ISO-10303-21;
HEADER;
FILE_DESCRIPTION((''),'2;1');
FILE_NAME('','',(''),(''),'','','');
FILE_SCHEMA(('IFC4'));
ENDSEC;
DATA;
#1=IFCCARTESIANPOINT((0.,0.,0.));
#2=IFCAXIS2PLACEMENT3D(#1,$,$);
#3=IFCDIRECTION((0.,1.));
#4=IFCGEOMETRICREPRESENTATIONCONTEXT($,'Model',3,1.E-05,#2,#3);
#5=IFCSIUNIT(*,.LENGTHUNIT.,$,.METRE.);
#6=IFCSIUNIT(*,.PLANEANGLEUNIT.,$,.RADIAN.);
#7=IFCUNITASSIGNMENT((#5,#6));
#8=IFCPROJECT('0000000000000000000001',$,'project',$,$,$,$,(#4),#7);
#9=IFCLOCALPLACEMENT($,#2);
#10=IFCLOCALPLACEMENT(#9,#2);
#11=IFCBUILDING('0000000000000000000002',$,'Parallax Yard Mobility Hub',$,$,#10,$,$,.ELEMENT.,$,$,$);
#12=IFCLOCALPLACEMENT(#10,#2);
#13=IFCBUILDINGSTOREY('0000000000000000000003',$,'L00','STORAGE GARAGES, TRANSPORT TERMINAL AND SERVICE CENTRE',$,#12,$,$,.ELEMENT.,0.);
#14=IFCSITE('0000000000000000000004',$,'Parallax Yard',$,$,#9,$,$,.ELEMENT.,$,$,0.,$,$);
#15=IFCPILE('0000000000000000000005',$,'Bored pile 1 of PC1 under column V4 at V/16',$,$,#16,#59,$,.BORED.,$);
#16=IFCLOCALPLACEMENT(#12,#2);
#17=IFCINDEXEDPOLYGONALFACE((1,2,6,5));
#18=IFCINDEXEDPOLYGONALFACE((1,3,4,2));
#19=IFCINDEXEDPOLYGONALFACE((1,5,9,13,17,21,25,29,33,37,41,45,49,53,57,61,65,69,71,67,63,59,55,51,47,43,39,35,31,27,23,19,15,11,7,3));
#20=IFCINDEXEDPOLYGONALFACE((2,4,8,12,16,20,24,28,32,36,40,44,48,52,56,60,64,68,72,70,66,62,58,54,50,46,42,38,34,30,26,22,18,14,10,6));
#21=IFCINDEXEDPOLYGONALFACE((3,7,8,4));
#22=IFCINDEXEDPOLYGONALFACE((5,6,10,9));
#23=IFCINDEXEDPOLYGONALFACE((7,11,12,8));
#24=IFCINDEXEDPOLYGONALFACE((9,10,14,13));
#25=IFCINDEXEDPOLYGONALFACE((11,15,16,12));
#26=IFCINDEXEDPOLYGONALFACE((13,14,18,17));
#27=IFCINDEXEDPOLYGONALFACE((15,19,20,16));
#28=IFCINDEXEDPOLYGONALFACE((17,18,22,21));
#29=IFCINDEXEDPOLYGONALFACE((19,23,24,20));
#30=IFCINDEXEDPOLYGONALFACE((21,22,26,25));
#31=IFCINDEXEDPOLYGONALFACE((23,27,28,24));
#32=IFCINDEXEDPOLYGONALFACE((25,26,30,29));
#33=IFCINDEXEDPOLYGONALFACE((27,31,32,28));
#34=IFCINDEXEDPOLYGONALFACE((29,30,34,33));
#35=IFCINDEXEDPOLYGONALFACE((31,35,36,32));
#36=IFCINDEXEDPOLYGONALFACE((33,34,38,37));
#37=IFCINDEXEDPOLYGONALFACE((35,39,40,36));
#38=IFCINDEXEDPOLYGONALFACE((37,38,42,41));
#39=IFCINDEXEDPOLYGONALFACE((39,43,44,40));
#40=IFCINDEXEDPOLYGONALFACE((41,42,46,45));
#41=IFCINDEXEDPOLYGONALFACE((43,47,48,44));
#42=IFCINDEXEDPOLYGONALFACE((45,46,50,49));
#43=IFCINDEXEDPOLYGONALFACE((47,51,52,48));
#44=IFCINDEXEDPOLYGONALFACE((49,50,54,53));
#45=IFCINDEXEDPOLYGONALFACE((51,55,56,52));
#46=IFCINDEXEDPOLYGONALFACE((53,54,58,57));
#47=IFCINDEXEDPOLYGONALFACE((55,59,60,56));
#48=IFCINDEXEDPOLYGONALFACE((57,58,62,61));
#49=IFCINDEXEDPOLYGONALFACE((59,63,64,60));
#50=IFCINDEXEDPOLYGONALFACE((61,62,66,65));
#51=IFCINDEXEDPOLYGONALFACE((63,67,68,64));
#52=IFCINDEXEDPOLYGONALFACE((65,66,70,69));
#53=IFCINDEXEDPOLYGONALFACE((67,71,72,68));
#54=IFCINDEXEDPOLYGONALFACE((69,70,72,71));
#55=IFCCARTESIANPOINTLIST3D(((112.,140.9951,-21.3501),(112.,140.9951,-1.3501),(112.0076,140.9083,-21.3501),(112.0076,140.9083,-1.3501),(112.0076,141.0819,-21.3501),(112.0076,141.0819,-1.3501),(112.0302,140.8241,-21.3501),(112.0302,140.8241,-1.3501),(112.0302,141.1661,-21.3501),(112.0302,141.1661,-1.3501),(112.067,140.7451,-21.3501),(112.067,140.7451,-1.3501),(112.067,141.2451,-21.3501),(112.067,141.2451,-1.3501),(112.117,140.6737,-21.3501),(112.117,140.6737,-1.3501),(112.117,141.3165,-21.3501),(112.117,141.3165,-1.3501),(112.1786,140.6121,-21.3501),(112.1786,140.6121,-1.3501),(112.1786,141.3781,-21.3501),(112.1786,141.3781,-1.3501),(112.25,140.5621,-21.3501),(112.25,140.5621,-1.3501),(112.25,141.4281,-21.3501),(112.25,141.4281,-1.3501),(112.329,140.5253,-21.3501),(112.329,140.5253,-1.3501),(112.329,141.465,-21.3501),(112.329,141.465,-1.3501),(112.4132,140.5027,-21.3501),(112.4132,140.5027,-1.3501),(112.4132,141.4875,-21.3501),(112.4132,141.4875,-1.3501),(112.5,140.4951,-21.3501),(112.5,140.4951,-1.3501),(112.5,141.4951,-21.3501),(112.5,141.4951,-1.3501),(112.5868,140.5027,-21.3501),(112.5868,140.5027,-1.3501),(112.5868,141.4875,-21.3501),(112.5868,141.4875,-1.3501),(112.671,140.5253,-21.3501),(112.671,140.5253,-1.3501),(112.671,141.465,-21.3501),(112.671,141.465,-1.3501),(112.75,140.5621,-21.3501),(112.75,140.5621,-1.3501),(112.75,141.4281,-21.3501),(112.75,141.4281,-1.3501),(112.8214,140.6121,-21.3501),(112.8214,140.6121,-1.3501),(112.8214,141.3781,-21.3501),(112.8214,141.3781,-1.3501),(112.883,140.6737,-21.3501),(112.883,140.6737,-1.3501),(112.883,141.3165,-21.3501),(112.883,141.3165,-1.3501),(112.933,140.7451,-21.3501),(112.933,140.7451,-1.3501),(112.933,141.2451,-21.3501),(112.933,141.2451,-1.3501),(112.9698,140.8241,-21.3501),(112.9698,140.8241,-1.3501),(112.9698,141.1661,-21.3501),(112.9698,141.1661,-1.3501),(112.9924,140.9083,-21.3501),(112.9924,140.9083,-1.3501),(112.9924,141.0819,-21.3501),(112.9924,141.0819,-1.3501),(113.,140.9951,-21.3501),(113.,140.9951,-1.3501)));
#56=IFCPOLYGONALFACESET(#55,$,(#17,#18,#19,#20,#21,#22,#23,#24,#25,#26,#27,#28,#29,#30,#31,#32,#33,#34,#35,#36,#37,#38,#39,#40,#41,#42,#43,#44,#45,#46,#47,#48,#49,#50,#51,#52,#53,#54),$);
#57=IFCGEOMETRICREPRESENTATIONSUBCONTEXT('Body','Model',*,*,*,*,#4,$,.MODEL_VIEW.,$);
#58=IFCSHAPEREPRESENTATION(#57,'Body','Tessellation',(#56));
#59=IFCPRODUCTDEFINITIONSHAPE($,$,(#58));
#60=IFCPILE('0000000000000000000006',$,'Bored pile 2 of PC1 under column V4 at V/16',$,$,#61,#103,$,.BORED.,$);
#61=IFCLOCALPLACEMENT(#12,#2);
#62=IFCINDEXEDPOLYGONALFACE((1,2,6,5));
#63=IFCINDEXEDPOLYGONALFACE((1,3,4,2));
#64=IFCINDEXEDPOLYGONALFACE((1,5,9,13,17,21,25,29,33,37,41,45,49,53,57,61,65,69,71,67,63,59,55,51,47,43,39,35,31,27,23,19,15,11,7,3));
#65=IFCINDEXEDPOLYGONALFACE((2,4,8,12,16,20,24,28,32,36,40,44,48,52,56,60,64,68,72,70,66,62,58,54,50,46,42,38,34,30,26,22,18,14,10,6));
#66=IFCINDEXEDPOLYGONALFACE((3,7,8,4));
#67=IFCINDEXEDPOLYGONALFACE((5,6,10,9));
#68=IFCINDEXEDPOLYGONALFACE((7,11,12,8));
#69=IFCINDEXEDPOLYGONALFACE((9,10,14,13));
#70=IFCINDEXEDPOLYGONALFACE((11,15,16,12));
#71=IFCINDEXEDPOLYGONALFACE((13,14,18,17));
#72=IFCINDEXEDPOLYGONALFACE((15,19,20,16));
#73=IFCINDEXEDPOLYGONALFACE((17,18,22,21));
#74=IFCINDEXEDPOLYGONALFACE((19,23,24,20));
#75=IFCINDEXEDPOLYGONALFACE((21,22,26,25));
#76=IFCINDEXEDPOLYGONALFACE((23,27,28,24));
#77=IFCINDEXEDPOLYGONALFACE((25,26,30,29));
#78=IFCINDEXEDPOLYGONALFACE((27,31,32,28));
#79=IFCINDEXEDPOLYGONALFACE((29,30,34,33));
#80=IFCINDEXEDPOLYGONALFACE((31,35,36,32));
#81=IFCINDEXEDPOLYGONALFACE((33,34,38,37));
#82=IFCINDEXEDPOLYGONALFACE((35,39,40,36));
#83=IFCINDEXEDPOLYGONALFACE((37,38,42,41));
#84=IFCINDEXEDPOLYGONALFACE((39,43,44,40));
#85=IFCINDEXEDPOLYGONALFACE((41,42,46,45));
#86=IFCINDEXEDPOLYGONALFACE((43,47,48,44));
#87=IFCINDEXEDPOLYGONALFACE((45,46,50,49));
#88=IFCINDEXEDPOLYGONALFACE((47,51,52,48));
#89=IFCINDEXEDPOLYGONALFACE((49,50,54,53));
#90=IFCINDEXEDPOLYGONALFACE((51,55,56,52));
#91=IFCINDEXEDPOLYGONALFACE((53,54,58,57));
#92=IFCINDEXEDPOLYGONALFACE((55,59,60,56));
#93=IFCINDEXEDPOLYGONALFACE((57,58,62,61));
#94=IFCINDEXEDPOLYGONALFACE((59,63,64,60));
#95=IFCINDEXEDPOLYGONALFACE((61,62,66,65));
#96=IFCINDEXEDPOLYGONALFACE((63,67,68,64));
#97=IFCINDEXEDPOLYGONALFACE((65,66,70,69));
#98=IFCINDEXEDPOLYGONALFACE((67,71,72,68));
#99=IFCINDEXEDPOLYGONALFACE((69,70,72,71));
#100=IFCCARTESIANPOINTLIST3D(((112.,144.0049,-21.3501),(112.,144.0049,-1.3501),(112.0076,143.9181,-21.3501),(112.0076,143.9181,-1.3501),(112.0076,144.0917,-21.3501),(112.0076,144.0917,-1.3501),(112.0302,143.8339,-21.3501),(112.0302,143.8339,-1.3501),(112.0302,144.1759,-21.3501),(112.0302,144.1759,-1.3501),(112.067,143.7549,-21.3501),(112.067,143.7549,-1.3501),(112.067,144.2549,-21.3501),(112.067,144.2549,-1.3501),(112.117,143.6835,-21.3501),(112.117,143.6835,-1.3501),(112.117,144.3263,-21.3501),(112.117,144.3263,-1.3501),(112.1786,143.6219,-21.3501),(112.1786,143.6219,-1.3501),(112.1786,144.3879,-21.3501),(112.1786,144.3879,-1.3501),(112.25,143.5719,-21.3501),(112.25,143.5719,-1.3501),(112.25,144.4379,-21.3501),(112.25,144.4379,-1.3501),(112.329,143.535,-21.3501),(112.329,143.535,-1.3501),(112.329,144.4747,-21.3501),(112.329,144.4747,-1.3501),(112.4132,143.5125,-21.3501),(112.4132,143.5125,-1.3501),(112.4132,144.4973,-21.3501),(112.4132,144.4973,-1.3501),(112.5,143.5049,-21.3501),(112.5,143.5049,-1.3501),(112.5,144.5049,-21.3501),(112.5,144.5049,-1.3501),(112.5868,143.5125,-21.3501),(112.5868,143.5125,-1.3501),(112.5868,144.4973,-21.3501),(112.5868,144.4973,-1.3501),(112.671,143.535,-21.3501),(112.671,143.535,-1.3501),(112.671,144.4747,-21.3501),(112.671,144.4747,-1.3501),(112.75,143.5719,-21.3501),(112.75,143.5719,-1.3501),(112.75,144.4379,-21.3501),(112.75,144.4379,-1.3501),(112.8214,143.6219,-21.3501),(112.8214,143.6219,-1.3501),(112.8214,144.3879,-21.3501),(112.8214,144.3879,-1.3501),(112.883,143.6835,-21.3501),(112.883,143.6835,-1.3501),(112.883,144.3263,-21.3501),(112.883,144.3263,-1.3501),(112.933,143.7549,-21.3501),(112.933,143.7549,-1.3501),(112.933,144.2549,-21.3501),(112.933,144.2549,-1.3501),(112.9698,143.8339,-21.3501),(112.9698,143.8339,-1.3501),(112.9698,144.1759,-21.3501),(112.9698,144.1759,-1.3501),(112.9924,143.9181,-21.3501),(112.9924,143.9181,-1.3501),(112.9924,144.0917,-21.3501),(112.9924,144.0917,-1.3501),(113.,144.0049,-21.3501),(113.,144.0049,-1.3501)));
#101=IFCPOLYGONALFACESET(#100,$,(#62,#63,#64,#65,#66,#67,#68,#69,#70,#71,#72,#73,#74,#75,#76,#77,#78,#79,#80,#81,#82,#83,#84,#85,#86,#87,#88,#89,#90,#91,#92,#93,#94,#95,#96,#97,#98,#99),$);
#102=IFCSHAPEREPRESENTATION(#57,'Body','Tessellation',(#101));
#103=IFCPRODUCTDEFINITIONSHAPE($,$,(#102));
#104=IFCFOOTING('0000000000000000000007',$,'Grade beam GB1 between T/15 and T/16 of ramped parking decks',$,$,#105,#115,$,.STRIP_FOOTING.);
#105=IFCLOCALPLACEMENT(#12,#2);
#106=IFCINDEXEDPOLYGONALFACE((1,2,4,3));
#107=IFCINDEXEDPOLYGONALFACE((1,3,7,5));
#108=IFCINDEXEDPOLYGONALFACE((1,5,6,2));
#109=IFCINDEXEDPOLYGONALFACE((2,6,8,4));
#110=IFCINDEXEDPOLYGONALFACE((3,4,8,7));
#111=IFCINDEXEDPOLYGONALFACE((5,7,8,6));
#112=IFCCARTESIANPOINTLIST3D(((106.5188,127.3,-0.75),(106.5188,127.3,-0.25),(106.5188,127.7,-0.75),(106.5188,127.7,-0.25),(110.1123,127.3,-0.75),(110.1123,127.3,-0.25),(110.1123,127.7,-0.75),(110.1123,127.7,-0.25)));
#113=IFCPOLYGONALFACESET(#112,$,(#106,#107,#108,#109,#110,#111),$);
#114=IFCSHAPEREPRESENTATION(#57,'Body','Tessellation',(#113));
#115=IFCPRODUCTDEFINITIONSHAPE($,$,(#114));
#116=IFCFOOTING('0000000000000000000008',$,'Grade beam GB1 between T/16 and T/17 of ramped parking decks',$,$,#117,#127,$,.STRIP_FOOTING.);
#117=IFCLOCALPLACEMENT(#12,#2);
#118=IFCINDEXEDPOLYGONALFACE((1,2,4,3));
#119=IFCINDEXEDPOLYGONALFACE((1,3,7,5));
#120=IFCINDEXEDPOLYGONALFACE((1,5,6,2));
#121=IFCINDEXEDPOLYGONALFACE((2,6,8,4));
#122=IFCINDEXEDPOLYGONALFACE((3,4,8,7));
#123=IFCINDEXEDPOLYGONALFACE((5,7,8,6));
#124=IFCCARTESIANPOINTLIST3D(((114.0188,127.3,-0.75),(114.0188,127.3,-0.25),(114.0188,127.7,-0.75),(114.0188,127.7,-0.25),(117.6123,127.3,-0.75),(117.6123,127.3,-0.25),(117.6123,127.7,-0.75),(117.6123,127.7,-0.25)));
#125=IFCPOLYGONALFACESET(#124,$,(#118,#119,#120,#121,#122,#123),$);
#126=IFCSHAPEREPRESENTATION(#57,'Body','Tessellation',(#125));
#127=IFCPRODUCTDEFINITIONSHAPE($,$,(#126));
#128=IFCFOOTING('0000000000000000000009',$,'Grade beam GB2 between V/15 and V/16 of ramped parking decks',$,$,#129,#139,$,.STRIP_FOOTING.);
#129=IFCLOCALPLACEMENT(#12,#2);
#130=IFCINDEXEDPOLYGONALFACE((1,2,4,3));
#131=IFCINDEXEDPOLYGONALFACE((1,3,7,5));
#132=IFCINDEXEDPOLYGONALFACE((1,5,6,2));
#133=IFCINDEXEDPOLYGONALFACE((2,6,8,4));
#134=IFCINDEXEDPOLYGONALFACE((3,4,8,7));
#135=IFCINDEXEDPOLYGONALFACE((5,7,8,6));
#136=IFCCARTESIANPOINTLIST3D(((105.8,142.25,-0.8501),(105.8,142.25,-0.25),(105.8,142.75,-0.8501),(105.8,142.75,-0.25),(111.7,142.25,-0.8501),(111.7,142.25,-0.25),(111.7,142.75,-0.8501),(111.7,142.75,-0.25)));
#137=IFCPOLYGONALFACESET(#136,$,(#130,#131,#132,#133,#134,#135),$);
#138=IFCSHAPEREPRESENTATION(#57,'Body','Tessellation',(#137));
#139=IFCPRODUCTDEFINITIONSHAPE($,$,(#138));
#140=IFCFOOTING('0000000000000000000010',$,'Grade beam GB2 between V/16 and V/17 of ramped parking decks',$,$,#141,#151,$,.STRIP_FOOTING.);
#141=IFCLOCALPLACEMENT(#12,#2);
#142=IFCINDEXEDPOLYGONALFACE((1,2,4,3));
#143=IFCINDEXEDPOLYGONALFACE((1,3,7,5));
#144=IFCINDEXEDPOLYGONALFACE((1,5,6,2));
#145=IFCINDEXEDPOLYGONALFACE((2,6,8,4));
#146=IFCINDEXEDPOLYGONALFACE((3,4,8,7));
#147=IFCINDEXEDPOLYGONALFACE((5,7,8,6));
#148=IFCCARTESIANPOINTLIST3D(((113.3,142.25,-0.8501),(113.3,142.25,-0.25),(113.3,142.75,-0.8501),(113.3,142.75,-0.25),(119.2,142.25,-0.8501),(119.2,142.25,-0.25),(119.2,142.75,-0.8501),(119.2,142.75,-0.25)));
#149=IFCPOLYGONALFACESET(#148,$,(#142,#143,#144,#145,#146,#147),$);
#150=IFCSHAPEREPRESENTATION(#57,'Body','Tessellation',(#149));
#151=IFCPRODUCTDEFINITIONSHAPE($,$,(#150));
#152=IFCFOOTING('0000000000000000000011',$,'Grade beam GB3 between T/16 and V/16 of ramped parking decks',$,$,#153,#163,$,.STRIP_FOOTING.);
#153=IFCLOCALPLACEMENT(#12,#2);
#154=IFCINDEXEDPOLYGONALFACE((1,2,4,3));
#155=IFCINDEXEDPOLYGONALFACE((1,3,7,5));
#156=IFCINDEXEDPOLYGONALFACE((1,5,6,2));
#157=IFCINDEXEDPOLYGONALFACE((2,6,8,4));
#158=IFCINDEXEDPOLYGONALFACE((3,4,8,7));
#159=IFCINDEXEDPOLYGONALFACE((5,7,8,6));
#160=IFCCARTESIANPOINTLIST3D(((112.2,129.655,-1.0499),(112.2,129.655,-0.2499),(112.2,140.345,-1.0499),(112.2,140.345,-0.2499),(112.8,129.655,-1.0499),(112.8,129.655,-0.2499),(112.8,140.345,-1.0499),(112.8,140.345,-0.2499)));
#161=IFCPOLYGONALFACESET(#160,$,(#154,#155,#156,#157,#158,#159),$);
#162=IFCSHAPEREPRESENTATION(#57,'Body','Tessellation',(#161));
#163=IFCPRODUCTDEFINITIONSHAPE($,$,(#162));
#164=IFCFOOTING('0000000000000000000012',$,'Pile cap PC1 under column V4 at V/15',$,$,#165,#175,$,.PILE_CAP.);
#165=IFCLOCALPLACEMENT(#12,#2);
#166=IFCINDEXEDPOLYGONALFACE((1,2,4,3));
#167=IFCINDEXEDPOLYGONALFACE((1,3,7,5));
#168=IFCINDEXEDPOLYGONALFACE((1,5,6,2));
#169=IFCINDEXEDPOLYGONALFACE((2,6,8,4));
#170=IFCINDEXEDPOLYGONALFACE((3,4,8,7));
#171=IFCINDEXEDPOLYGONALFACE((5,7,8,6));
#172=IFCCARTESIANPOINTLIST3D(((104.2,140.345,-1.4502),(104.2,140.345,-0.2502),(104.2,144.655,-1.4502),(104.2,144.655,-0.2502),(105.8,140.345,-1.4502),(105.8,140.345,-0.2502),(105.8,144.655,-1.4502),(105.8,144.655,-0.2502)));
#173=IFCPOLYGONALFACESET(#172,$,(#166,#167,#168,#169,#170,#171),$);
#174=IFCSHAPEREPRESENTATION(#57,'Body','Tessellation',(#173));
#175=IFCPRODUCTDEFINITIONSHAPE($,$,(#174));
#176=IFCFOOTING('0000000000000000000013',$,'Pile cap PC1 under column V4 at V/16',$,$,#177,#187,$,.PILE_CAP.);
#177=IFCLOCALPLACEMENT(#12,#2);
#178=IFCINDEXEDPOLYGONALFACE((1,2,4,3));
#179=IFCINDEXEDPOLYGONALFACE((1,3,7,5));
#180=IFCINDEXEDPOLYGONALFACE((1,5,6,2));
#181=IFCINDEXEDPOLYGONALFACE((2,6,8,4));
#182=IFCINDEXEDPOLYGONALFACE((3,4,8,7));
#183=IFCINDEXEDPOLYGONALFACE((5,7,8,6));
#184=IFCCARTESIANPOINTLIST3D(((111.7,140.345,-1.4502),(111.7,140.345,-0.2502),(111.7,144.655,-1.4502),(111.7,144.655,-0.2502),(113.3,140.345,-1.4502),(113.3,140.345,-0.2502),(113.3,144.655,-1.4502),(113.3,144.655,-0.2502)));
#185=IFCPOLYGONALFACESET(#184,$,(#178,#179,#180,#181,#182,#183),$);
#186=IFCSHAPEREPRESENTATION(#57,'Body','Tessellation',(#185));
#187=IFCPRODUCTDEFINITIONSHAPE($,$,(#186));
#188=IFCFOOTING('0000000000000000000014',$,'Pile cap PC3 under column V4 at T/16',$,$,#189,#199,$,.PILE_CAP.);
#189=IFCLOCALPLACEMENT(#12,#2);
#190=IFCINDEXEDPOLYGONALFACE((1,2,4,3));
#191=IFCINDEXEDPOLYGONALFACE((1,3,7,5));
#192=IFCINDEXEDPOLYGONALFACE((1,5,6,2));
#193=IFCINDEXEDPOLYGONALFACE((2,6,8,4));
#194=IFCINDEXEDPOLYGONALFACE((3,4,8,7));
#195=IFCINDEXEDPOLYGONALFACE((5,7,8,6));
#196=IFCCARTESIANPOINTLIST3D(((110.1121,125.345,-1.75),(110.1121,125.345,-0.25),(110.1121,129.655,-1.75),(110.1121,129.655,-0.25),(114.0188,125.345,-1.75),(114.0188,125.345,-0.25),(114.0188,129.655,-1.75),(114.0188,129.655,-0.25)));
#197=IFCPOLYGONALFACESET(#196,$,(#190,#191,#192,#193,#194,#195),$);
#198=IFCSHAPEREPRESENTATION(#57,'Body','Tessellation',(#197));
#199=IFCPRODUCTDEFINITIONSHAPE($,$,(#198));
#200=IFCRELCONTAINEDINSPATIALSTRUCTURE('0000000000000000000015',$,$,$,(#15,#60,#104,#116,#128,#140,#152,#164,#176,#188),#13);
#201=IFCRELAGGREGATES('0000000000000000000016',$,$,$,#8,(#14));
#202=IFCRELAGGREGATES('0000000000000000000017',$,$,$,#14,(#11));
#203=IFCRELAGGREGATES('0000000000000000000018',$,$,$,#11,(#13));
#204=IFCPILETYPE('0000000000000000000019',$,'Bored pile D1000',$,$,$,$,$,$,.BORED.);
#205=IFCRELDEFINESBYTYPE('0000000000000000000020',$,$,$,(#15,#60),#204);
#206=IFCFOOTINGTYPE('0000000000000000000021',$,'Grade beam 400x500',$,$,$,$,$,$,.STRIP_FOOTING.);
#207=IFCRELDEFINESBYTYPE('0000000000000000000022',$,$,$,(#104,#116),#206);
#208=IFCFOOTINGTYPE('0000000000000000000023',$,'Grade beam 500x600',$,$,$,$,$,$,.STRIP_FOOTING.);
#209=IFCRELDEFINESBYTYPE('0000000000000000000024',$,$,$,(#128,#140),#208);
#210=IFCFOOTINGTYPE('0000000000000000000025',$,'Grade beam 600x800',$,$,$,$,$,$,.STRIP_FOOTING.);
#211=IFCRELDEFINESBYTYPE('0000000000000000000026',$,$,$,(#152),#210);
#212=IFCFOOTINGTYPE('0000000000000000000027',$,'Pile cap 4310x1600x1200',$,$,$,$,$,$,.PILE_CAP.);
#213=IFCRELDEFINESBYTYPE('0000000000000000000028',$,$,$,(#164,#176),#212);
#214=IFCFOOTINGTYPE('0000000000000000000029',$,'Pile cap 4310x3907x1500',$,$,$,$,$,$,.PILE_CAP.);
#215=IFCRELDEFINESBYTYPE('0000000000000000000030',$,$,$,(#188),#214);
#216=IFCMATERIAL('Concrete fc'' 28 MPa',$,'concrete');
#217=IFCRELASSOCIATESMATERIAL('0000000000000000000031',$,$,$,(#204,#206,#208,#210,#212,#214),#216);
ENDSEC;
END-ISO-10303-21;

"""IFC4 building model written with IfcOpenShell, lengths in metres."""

from ifc_helpers import new_model, si_unit, direction, frame, origin, origin_2d, place, context, subcontext, project, spatial, rectangle, circle, extrude, material, material_profile, profile_set, type_object, element, save


model = new_model("IFC4")

# Units and contexts
model_context = context("Model", 3, precision=1e-05, world=origin(), true_north=direction((0.0, 1.0)))
body_context = subcontext(model_context, "Body", "Model", "MODEL_VIEW")
ifc_project = project(units=[si_unit("LENGTHUNIT", "METRE"), si_unit("PLANEANGLEUNIT", "RADIAN")], contexts=[model_context])

# Site, building, storey
site_placement = place(None, origin())
site = spatial("IfcSite", under=ifc_project, at=site_placement, Name="Parallax Yard", CompositionType="ELEMENT", RefElevation=0.0)
building_placement = place(site_placement, origin())
building = spatial("IfcBuilding", under=site, at=building_placement, Name="Parallax Yard Mobility Hub", CompositionType="ELEMENT")
storey_placement = place(building_placement, origin())
storey = spatial("IfcBuildingStorey", under=building, at=storey_placement, Name="L00", Description="STORAGE GARAGES, TRANSPORT TERMINAL AND SERVICE CENTRE", CompositionType="ELEMENT", Elevation=0.0)

# Piles
ifc_material_1 = material(Name="Concrete fc' 28 MPa", Category="concrete")
ifc_material_profile_1 = material_profile(ifc_material_1, circle(Radius=0.5, at=origin_2d()), Name="Bored pile D1000")
ifc_profile_set_1 = profile_set([ifc_material_profile_1], Name="Concrete fc' 28 MPa")
pile_type = type_object("IfcPileType", Name="Bored pile D1000", PredefinedType="BORED", material=ifc_profile_set_1)
for number, where, z_axis, x_axis, name in (
    (1, (112.5, 140.9951, -1.3501), (0.0, 0.0, -1.0), (1.0, 0.0, 0.0), "Bored pile 1 of PC1 under column V4 at V/16"),
    (2, (112.5, 144.0049, -1.3501), (0.0, 0.0, -1.0), (1.0, 0.0, 0.0), "Bored pile 2 of PC1 under column V4 at V/16"),
):
    element("IfcPile", number, at=place(storey_placement, frame(where, z_axis=z_axis, x_axis=x_axis)), inside=storey, type_object=pile_type, Name=name, PredefinedType="BORED", context=body_context, shape_type="SweptSolid", body=[
        extrude(circle(Radius=0.5, at=origin_2d()), origin(), (0.0, 0.0, 1.0), 20.0),
    ])

# Footings
ifc_material_profile_2 = material_profile(ifc_material_1, rectangle(XDim=0.3999, YDim=0.5, at=origin_2d()), Name="Grade beam 400x500")
ifc_profile_set_2 = profile_set([ifc_material_profile_2], Name="Concrete fc' 28 MPa")
footing_type_1 = type_object("IfcFootingType", Name="Grade beam 400x500", PredefinedType="STRIP_FOOTING", material=ifc_profile_set_2)
for number, where, z_axis, x_axis, name in (
    (3, (106.5188, 127.5, -0.5), (1.0, 0.0, 0.0), (0.0, 1.0, 0.0), "Grade beam GB1 between T/15 and T/16 of ramped parking decks"),
    (4, (114.0188, 127.5, -0.5), (1.0, 0.0, 0.0), (0.0, 1.0, 0.0), "Grade beam GB1 between T/16 and T/17 of ramped parking decks"),
):
    element("IfcFooting", number, at=place(storey_placement, frame(where, z_axis=z_axis, x_axis=x_axis)), inside=storey, type_object=footing_type_1, Name=name, PredefinedType="STRIP_FOOTING", context=body_context, shape_type="SweptSolid", body=[
        extrude(rectangle(XDim=0.3999, YDim=0.5, at=origin_2d()), origin(), (0.0, 0.0, 1.0), 3.5935),
    ])
ifc_material_profile_3 = material_profile(ifc_material_1, rectangle(XDim=0.5, YDim=0.6001, at=origin_2d()), Name="Grade beam 500x600")
ifc_profile_set_3 = profile_set([ifc_material_profile_3], Name="Concrete fc' 28 MPa")
footing_type_2 = type_object("IfcFootingType", Name="Grade beam 500x600", PredefinedType="STRIP_FOOTING", material=ifc_profile_set_3)
for number, where, z_axis, x_axis, name in (
    (5, (105.8, 142.5, -0.55), (1.0, 0.0, 0.0), (0.0, 1.0, 0.0), "Grade beam GB2 between V/15 and V/16 of ramped parking decks"),
    (6, (113.3, 142.5, -0.55), (1.0, 0.0, 0.0), (0.0, 1.0, 0.0), "Grade beam GB2 between V/16 and V/17 of ramped parking decks"),
):
    element("IfcFooting", number, at=place(storey_placement, frame(where, z_axis=z_axis, x_axis=x_axis)), inside=storey, type_object=footing_type_2, Name=name, PredefinedType="STRIP_FOOTING", context=body_context, shape_type="SweptSolid", body=[
        extrude(rectangle(XDim=0.5, YDim=0.6001, at=origin_2d()), origin(), (0.0, 0.0, 1.0), 5.8999),
    ])
ifc_material_profile_4 = material_profile(ifc_material_1, rectangle(XDim=0.6001, YDim=0.8, at=origin_2d()), Name="Grade beam 600x800")
ifc_profile_set_4 = profile_set([ifc_material_profile_4], Name="Concrete fc' 28 MPa")
footing_type_3 = type_object("IfcFootingType", Name="Grade beam 600x800", PredefinedType="STRIP_FOOTING", material=ifc_profile_set_4)
footing_placement = place(storey_placement, frame((112.5, 129.655, -0.6499), z_axis=(0.0, 1.0, 0.0), x_axis=(-1.0, 0.0, 0.0)))
element("IfcFooting", 7, at=footing_placement, inside=storey, type_object=footing_type_3, Name="Grade beam GB3 between T/16 and V/16 of ramped parking decks", PredefinedType="STRIP_FOOTING", context=body_context, shape_type="SweptSolid", body=[
    extrude(rectangle(XDim=0.6001, YDim=0.8, at=origin_2d()), origin(), (0.0, 0.0, 1.0), 10.6899),
])
footing_type_4 = type_object("IfcFootingType", Name="Pile cap 4310x1600x1200", PredefinedType="PILE_CAP", material=ifc_material_1)
for number, where, z_axis, x_axis, name in (
    (8, (105.0, 142.5, -1.4502), (0.0, 0.0, 1.0), (0.0, 1.0, 0.0), "Pile cap PC1 under column V4 at V/15"),
    (9, (112.5, 142.5, -1.4502), (0.0, 0.0, 1.0), (0.0, 1.0, 0.0), "Pile cap PC1 under column V4 at V/16"),
):
    element("IfcFooting", number, at=place(storey_placement, frame(where, z_axis=z_axis, x_axis=x_axis)), inside=storey, type_object=footing_type_4, Name=name, PredefinedType="PILE_CAP", context=body_context, shape_type="SweptSolid", body=[
        extrude(rectangle(XDim=4.3101, YDim=1.6001, at=origin_2d()), origin(), (0.0, 0.0, 1.0), 1.2),
    ])
footing_type_5 = type_object("IfcFootingType", Name="Pile cap 4310x3907x1500", PredefinedType="PILE_CAP", material=ifc_material_1)
for number, where, z_axis, x_axis, name in (
    (10, (112.0654, 127.5, -1.75), (0.0, 0.0, 1.0), (0.0, 1.0, 0.0), "Pile cap PC3 under column V4 at T/16"),
):
    element("IfcFooting", number, at=place(storey_placement, frame(where, z_axis=z_axis, x_axis=x_axis)), inside=storey, type_object=footing_type_5, Name=name, PredefinedType="PILE_CAP", context=body_context, shape_type="SweptSolid", body=[
        extrude(rectangle(XDim=4.3101, YDim=3.9067, at=origin_2d()), origin(), (0.0, 0.0, 1.0), 1.5),
    ])

save(model, "model.ifc")
